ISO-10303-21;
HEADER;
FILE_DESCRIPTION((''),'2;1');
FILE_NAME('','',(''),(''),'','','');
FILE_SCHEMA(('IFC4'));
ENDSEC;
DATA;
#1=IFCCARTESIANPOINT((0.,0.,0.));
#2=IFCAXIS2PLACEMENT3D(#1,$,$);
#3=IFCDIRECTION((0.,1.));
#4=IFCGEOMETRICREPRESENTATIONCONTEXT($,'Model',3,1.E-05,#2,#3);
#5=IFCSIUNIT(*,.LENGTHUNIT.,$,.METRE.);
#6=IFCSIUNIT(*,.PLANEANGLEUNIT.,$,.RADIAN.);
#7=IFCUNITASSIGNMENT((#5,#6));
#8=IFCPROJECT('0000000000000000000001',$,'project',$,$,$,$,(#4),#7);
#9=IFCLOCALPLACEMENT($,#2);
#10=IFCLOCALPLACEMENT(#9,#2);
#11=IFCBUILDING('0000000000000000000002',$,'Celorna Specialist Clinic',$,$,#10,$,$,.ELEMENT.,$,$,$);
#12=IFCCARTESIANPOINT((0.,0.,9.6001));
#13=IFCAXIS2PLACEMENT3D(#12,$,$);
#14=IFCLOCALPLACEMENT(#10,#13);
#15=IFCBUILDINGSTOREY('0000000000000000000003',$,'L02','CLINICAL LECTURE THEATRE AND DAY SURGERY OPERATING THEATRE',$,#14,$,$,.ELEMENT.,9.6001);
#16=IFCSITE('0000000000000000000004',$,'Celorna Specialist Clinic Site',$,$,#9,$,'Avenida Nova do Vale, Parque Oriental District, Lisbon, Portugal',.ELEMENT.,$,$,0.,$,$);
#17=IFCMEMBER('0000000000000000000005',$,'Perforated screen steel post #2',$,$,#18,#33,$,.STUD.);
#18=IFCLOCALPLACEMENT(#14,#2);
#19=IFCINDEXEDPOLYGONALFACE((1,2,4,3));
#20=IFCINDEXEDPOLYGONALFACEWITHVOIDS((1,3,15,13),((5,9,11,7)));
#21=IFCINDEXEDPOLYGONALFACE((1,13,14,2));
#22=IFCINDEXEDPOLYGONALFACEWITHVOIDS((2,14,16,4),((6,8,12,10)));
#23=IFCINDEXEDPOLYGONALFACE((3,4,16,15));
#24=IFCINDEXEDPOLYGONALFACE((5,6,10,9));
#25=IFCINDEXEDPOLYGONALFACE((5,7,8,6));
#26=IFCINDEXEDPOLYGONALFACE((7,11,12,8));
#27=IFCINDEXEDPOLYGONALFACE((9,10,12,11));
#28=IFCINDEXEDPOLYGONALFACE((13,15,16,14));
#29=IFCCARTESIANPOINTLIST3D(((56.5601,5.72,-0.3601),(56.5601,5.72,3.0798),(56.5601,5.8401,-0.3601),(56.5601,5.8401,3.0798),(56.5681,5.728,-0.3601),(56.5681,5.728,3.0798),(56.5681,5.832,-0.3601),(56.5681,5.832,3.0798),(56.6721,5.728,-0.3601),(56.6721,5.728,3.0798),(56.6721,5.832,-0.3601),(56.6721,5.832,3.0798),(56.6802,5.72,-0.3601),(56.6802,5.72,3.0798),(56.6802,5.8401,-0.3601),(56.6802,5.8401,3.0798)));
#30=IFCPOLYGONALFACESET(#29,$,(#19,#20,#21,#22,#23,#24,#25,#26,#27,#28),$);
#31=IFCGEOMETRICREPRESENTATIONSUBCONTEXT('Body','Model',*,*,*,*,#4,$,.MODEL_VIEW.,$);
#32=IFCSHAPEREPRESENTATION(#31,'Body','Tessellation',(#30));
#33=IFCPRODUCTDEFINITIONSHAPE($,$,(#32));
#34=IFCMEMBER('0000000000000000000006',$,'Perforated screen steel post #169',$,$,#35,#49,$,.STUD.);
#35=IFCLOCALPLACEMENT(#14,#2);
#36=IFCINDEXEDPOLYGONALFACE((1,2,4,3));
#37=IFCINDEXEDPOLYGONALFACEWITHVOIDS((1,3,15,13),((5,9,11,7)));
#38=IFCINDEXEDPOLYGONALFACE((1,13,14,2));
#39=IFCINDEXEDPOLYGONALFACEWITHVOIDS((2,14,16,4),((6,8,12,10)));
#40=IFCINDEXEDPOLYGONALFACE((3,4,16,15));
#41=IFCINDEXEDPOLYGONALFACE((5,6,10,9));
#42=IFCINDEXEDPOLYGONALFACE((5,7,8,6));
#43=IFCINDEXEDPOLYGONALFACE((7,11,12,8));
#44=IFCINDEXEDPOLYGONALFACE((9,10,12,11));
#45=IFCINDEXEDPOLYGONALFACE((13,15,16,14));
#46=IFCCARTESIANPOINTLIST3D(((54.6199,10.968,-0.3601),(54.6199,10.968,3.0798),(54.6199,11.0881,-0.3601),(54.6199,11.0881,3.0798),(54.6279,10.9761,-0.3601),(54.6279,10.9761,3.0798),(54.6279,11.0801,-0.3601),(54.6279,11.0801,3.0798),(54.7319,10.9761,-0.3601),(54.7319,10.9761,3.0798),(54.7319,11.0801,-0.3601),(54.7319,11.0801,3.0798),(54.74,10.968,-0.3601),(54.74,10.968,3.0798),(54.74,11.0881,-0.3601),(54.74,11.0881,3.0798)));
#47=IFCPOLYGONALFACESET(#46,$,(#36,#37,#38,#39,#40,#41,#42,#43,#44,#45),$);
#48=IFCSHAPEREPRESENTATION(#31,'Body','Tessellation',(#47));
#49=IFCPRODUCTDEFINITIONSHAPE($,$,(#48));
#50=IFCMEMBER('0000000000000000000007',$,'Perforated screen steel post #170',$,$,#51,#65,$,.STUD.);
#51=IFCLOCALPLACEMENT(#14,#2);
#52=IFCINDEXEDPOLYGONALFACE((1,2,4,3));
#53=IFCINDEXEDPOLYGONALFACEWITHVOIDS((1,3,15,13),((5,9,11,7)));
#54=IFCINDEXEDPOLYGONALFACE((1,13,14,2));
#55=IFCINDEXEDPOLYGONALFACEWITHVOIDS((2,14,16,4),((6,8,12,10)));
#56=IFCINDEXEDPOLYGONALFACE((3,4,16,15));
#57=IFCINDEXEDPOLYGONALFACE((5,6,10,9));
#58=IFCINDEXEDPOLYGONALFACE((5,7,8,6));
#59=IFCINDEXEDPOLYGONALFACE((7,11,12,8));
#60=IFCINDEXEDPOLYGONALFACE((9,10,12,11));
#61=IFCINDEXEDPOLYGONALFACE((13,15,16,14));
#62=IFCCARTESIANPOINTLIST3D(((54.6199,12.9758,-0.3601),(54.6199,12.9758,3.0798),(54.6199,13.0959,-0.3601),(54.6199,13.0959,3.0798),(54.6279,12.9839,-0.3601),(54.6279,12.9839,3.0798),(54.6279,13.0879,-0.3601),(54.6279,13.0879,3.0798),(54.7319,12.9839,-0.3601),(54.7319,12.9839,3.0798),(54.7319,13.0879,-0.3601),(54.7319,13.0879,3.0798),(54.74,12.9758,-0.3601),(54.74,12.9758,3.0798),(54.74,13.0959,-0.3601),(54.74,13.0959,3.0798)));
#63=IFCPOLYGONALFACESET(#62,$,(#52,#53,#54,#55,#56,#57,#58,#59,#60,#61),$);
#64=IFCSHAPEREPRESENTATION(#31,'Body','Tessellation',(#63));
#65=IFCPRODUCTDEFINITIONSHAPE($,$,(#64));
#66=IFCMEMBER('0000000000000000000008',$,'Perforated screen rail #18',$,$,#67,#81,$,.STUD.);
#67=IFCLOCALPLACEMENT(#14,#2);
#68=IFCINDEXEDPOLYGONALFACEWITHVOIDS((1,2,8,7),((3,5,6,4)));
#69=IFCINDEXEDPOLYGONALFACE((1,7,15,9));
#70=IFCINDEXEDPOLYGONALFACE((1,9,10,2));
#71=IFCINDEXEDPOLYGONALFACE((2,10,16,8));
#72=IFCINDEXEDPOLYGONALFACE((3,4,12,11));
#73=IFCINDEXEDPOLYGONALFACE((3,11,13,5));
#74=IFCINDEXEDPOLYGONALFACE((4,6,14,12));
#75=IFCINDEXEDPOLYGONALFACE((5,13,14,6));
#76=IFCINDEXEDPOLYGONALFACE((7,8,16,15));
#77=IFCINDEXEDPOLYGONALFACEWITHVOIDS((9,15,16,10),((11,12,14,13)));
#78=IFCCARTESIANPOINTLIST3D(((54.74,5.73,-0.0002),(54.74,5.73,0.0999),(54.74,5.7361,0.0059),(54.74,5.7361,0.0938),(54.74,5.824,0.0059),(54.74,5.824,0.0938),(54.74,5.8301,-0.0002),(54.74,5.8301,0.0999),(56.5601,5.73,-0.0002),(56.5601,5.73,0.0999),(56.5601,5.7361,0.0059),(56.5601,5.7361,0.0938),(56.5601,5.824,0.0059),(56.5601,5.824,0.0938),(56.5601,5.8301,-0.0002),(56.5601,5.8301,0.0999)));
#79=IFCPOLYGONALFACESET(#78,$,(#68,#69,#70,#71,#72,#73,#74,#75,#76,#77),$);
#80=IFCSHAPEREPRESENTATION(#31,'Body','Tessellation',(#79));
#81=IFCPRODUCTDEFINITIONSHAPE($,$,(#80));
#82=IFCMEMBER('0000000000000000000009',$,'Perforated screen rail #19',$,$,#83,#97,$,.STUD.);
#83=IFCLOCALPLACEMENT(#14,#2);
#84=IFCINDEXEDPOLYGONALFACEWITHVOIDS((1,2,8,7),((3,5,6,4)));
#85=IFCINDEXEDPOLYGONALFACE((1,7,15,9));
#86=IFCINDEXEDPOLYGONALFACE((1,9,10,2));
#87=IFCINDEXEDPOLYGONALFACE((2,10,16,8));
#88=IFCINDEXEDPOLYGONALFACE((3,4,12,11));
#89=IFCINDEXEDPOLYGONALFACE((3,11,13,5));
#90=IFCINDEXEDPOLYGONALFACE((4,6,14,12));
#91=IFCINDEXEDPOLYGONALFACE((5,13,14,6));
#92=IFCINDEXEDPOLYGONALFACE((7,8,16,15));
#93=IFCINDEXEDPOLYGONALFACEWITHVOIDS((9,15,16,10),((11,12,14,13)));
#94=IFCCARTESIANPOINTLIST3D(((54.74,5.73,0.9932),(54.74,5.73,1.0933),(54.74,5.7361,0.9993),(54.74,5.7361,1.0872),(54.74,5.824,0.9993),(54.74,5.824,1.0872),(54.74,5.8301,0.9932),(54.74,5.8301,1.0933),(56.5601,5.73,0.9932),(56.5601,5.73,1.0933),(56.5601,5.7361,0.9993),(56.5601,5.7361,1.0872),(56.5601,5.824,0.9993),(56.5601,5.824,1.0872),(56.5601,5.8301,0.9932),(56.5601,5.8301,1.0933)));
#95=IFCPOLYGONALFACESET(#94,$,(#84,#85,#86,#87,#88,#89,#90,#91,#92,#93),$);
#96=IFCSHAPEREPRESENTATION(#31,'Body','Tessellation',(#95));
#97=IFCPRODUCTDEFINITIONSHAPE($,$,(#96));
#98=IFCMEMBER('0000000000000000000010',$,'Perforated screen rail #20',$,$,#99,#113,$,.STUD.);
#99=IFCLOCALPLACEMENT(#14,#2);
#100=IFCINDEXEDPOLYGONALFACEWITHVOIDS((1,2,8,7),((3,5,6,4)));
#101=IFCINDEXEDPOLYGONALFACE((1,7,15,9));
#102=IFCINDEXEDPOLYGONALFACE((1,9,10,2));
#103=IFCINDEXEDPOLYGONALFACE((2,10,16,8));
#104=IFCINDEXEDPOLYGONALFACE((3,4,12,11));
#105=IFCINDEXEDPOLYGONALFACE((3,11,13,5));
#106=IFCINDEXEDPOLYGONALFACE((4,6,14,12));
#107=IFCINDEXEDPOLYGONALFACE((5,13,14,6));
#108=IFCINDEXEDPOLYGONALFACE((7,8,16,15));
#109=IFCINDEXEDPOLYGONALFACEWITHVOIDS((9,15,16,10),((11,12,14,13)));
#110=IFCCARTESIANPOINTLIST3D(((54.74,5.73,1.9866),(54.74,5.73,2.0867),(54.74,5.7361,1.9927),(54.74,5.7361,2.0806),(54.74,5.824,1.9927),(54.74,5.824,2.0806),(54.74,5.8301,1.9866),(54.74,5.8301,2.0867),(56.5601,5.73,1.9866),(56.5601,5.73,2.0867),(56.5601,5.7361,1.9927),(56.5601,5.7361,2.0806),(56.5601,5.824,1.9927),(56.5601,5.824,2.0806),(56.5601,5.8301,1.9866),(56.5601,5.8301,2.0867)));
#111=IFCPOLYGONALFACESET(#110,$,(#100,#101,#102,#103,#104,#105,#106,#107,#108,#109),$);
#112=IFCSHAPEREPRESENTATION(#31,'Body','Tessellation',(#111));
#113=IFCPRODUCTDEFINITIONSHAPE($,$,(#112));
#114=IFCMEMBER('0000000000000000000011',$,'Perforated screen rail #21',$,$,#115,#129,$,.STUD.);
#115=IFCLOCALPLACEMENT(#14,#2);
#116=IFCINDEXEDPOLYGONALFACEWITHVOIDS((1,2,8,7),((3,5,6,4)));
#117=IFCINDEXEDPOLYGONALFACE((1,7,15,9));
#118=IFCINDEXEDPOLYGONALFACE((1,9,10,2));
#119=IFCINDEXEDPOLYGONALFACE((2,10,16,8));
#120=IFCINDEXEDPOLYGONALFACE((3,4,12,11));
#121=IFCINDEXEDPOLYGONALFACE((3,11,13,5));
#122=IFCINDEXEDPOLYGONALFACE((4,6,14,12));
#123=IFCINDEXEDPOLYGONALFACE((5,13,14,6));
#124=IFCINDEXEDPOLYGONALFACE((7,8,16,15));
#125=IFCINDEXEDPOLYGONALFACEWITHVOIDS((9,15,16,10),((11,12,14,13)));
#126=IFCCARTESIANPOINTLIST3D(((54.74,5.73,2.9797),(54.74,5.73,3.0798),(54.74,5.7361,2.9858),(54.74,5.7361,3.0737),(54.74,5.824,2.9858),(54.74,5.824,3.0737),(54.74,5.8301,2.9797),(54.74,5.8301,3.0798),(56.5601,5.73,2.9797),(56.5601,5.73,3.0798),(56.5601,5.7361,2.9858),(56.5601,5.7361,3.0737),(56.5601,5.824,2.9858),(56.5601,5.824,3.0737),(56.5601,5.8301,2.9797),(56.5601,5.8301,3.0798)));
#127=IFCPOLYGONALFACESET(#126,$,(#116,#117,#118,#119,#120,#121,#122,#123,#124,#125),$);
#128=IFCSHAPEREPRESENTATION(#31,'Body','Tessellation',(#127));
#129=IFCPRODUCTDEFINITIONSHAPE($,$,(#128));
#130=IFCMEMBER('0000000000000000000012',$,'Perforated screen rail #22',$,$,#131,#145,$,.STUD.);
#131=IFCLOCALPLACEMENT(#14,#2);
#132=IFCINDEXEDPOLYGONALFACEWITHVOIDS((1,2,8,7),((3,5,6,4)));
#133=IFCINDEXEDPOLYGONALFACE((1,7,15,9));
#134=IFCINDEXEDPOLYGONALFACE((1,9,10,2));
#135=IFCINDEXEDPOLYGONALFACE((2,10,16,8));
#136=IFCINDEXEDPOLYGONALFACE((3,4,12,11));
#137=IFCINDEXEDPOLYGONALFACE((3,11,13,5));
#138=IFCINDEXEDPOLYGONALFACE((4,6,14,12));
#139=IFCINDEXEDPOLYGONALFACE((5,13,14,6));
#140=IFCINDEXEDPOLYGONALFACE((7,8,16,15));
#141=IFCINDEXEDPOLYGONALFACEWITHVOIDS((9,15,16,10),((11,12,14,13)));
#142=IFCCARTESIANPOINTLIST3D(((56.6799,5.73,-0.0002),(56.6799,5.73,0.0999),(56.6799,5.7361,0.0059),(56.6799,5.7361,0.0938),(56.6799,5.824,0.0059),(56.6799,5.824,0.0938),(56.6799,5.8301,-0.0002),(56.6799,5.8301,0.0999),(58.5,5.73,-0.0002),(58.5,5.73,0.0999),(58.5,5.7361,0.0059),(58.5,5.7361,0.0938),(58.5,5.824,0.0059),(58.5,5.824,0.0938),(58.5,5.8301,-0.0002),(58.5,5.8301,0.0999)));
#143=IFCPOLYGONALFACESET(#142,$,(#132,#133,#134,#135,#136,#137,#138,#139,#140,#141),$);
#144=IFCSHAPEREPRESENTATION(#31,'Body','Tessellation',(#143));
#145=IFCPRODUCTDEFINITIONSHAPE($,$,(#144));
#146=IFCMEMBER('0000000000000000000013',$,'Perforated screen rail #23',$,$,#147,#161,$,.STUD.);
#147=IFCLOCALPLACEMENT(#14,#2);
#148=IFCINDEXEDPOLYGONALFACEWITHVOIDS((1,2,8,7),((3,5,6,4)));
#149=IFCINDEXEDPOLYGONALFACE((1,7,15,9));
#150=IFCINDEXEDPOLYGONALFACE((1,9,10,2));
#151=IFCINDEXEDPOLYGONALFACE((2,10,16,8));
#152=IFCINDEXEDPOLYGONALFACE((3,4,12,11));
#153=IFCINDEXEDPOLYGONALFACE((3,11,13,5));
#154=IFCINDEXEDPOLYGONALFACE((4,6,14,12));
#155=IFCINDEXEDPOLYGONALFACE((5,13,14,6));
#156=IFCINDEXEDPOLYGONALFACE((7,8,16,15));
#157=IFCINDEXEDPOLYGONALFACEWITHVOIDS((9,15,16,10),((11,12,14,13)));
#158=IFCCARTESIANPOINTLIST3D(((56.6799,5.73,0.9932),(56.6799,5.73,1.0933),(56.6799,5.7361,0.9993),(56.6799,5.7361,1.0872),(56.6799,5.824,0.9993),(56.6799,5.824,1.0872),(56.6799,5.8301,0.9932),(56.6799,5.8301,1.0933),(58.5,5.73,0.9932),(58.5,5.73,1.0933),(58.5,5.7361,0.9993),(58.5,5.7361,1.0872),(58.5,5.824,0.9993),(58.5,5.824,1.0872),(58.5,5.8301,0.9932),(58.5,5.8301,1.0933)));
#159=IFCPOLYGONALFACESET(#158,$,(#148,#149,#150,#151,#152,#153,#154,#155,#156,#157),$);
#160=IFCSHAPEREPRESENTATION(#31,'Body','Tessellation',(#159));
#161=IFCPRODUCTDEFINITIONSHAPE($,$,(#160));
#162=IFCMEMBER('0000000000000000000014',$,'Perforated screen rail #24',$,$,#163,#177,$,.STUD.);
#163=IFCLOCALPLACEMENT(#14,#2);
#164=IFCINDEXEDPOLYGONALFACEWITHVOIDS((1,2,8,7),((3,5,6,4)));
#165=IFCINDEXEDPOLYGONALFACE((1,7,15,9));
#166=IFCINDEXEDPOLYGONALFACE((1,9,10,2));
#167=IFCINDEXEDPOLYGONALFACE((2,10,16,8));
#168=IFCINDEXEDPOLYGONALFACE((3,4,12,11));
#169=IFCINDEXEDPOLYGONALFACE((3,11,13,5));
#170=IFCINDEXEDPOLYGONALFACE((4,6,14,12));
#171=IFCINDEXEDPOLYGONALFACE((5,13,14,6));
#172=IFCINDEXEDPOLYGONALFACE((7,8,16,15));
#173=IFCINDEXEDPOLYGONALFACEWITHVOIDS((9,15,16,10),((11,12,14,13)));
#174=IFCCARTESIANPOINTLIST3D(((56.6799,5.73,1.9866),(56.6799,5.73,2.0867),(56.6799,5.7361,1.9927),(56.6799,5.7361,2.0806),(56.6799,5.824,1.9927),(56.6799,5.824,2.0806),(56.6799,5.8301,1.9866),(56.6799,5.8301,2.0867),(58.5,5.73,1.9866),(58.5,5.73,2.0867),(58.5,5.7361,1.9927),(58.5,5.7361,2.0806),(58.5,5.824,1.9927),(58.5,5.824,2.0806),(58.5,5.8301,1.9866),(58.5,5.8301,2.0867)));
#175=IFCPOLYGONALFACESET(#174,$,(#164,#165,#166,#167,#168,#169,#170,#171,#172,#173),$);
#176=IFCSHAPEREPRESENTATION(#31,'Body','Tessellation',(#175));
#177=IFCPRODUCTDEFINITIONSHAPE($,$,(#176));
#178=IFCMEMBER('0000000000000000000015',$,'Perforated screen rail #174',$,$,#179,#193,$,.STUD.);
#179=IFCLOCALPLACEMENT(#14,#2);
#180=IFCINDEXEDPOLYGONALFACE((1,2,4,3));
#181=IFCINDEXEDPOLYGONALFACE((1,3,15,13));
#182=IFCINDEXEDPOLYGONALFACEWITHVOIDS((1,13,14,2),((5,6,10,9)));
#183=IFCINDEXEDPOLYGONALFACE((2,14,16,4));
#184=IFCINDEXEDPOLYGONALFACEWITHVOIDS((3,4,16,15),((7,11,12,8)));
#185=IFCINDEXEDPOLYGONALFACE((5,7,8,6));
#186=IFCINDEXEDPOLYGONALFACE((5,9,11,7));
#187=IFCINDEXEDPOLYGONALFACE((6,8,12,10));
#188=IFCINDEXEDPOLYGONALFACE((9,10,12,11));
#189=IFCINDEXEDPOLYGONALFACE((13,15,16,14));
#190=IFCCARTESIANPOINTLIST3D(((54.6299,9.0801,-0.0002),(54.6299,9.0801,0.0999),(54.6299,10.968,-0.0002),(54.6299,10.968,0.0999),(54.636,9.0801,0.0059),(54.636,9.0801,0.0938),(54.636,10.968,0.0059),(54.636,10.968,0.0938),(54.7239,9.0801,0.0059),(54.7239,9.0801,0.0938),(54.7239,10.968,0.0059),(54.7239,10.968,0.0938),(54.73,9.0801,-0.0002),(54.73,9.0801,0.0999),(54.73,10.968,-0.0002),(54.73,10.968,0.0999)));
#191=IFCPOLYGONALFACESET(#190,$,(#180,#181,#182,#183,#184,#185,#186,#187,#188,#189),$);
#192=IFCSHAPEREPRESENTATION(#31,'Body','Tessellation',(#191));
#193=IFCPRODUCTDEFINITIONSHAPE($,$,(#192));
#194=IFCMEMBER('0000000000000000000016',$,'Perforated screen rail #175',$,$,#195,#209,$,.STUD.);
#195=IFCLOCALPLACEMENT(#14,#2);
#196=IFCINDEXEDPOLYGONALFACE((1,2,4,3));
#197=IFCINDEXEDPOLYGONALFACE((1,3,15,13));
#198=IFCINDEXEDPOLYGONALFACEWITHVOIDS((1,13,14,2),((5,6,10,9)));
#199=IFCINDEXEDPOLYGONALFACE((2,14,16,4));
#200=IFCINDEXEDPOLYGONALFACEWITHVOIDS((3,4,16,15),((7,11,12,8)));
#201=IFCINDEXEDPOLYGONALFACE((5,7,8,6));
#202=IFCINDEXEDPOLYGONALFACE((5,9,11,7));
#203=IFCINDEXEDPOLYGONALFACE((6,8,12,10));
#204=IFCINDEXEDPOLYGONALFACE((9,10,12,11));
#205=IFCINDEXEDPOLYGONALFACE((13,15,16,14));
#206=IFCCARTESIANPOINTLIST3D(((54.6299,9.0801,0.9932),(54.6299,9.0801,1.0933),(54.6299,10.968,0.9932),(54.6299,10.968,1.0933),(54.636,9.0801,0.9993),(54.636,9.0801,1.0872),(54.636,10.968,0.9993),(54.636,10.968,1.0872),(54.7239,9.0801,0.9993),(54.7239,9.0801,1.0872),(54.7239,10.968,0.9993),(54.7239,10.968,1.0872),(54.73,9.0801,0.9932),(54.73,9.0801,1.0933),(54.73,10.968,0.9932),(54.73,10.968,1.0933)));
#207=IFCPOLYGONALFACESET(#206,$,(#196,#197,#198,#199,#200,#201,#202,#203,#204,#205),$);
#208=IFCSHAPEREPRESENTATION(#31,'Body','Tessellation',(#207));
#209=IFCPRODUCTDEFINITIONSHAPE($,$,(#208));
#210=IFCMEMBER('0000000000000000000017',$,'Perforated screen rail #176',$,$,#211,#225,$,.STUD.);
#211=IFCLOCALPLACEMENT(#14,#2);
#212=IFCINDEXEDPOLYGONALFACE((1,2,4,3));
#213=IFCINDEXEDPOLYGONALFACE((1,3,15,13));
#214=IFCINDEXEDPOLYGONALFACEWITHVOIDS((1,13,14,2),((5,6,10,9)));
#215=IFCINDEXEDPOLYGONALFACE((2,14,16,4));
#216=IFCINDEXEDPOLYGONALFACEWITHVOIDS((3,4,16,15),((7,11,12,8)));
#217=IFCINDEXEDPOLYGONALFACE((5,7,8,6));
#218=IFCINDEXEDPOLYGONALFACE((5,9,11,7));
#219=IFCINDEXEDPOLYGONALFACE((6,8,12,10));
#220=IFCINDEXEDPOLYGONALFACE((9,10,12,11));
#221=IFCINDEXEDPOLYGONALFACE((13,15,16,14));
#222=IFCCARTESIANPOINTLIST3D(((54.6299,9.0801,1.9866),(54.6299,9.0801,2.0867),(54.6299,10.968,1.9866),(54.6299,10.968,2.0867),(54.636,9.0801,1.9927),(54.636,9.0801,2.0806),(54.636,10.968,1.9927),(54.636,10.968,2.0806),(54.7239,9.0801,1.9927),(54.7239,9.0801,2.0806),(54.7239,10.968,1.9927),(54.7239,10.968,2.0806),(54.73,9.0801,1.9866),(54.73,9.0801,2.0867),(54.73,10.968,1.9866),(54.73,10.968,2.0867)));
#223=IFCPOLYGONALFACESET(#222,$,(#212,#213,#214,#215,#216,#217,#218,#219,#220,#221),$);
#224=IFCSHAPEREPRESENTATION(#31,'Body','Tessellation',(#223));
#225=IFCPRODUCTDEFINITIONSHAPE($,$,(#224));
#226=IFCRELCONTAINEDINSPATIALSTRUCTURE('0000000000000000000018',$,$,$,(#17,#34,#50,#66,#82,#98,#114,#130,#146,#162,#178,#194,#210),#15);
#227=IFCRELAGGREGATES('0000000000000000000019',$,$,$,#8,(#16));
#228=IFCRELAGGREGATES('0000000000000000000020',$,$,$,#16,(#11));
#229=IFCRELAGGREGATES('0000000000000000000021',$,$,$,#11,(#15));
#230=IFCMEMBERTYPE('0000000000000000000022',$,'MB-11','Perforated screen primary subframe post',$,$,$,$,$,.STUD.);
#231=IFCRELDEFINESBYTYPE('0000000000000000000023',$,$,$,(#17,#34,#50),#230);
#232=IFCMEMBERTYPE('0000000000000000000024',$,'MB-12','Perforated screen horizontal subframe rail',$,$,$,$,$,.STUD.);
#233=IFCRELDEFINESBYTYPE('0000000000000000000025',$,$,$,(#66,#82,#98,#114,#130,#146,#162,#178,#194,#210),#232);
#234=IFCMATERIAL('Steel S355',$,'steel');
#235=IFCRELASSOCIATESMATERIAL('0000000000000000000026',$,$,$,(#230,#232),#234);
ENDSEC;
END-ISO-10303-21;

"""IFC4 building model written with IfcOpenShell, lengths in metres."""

from ifc_helpers import new_model, si_unit, direction, frame, origin, origin_2d, place, context, subcontext, project, spatial, hollow_rectangle, extrude, material, material_profile, profile_set, type_object, element, save


model = new_model("IFC4")

# Units and contexts
model_context = context("Model", 3, precision=1e-05, world=origin(), true_north=direction((0.0, 1.0)))
body_context = subcontext(model_context, "Body", "Model", "MODEL_VIEW")
ifc_project = project(units=[si_unit("LENGTHUNIT", "METRE"), si_unit("PLANEANGLEUNIT", "RADIAN")], contexts=[model_context])

# Site, building, storey
site_placement = place(None, origin())
site = spatial("IfcSite", under=ifc_project, at=site_placement, Name="Celorna Specialist Clinic Site", LongName="Avenida Nova do Vale, Parque Oriental District, Lisbon, Portugal", CompositionType="ELEMENT", RefElevation=0.0)
building_placement = place(site_placement, origin())
building = spatial("IfcBuilding", under=site, at=building_placement, Name="Celorna Specialist Clinic", CompositionType="ELEMENT")
storey_placement = place(building_placement, frame((0.0, 0.0, 9.6001)))
storey = spatial("IfcBuildingStorey", under=building, at=storey_placement, Name="L02", Description="CLINICAL LECTURE THEATRE AND DAY SURGERY OPERATING THEATRE", CompositionType="ELEMENT", Elevation=9.6001)

# Members
ifc_material_1 = material(Name="Steel S355", Category="steel")
ifc_material_profile_1 = material_profile(ifc_material_1, hollow_rectangle(XDim=0.1201, YDim=0.1201, WallThickness=0.0081, at=origin_2d()), Name="SHS 120x120x8")
ifc_profile_set_1 = profile_set([ifc_material_profile_1], Name="Steel S355")
member_type_1 = type_object("IfcMemberType", Name="MB-11", Description="Perforated screen primary subframe post", PredefinedType="STUD", material=ifc_profile_set_1)
for number, where, z_axis, x_axis, name in (
    (1, (56.6201, 5.78, -0.3601), (0.0, 0.0, 1.0), (1.0, 0.0, 0.0), "Perforated screen steel post #2"),
    (2, (54.6799, 11.0281, -0.3601), (0.0, 0.0, 1.0), (1.0, 0.0, 0.0), "Perforated screen steel post #169"),
    (3, (54.6799, 13.0359, -0.3601), (0.0, 0.0, 1.0), (1.0, 0.0, 0.0), "Perforated screen steel post #170"),
):
    element("IfcMember", number, at=place(storey_placement, frame(where, z_axis=z_axis, x_axis=x_axis)), inside=storey, type_object=member_type_1, Name=name, PredefinedType="STUD", context=body_context, shape_type="SweptSolid", body=[
        extrude(hollow_rectangle(XDim=0.1201, YDim=0.1201, WallThickness=0.0081, at=origin_2d()), origin(), (0.0, 0.0, 1.0), 3.4399),
    ])
ifc_material_profile_2 = material_profile(ifc_material_1, hollow_rectangle(XDim=0.1001, YDim=0.1001, WallThickness=0.0061, at=origin_2d()), Name="SHS 100x100x6")
ifc_profile_set_2 = profile_set([ifc_material_profile_2], Name="Steel S355")
member_type_2 = type_object("IfcMemberType", Name="MB-12", Description="Perforated screen horizontal subframe rail", PredefinedType="STUD", material=ifc_profile_set_2)
for number, where, z_axis, x_axis, name in (
    (4, (54.74, 5.78, 0.0498), (1.0, 0.0, 0.0), (0.0, 1.0, 0.0), "Perforated screen rail #18"),
    (5, (54.74, 5.78, 1.0432), (1.0, 0.0, 0.0), (0.0, 1.0, 0.0), "Perforated screen rail #19"),
    (6, (54.74, 5.78, 2.0366), (1.0, 0.0, 0.0), (0.0, 1.0, 0.0), "Perforated screen rail #20"),
    (7, (54.74, 5.78, 3.0298), (1.0, 0.0, 0.0), (0.0, 1.0, 0.0), "Perforated screen rail #21"),
    (8, (56.6799, 5.78, 0.0498), (1.0, 0.0, 0.0), (0.0, 1.0, 0.0), "Perforated screen rail #22"),
    (9, (56.6799, 5.78, 1.0432), (1.0, 0.0, 0.0), (0.0, 1.0, 0.0), "Perforated screen rail #23"),
    (10, (56.6799, 5.78, 2.0366), (1.0, 0.0, 0.0), (0.0, 1.0, 0.0), "Perforated screen rail #24"),
):
    element("IfcMember", number, at=place(storey_placement, frame(where, z_axis=z_axis, x_axis=x_axis)), inside=storey, type_object=member_type_2, Name=name, PredefinedType="STUD", context=body_context, shape_type="SweptSolid", body=[
        extrude(hollow_rectangle(XDim=0.1001, YDim=0.1001, WallThickness=0.0061, at=origin_2d()), origin(), (0.0, 0.0, 1.0), 1.8201),
    ])
for number, where, z_axis, x_axis, name in (
    (11, (54.6799, 9.0801, 0.0498), (0.0, 1.0, 0.0), (-1.0, 0.0, 0.0), "Perforated screen rail #174"),
    (12, (54.6799, 9.0801, 1.0432), (0.0, 1.0, 0.0), (-1.0, 0.0, 0.0), "Perforated screen rail #175"),
    (13, (54.6799, 9.0801, 2.0366), (0.0, 1.0, 0.0), (-1.0, 0.0, 0.0), "Perforated screen rail #176"),
):
    element("IfcMember", number, at=place(storey_placement, frame(where, z_axis=z_axis, x_axis=x_axis)), inside=storey, type_object=member_type_2, Name=name, PredefinedType="STUD", context=body_context, shape_type="SweptSolid", body=[
        extrude(hollow_rectangle(XDim=0.1001, YDim=0.1001, WallThickness=0.0061, at=origin_2d()), origin(), (0.0, 0.0, 1.0), 1.8879),
    ])

save(model, "model.ifc")
